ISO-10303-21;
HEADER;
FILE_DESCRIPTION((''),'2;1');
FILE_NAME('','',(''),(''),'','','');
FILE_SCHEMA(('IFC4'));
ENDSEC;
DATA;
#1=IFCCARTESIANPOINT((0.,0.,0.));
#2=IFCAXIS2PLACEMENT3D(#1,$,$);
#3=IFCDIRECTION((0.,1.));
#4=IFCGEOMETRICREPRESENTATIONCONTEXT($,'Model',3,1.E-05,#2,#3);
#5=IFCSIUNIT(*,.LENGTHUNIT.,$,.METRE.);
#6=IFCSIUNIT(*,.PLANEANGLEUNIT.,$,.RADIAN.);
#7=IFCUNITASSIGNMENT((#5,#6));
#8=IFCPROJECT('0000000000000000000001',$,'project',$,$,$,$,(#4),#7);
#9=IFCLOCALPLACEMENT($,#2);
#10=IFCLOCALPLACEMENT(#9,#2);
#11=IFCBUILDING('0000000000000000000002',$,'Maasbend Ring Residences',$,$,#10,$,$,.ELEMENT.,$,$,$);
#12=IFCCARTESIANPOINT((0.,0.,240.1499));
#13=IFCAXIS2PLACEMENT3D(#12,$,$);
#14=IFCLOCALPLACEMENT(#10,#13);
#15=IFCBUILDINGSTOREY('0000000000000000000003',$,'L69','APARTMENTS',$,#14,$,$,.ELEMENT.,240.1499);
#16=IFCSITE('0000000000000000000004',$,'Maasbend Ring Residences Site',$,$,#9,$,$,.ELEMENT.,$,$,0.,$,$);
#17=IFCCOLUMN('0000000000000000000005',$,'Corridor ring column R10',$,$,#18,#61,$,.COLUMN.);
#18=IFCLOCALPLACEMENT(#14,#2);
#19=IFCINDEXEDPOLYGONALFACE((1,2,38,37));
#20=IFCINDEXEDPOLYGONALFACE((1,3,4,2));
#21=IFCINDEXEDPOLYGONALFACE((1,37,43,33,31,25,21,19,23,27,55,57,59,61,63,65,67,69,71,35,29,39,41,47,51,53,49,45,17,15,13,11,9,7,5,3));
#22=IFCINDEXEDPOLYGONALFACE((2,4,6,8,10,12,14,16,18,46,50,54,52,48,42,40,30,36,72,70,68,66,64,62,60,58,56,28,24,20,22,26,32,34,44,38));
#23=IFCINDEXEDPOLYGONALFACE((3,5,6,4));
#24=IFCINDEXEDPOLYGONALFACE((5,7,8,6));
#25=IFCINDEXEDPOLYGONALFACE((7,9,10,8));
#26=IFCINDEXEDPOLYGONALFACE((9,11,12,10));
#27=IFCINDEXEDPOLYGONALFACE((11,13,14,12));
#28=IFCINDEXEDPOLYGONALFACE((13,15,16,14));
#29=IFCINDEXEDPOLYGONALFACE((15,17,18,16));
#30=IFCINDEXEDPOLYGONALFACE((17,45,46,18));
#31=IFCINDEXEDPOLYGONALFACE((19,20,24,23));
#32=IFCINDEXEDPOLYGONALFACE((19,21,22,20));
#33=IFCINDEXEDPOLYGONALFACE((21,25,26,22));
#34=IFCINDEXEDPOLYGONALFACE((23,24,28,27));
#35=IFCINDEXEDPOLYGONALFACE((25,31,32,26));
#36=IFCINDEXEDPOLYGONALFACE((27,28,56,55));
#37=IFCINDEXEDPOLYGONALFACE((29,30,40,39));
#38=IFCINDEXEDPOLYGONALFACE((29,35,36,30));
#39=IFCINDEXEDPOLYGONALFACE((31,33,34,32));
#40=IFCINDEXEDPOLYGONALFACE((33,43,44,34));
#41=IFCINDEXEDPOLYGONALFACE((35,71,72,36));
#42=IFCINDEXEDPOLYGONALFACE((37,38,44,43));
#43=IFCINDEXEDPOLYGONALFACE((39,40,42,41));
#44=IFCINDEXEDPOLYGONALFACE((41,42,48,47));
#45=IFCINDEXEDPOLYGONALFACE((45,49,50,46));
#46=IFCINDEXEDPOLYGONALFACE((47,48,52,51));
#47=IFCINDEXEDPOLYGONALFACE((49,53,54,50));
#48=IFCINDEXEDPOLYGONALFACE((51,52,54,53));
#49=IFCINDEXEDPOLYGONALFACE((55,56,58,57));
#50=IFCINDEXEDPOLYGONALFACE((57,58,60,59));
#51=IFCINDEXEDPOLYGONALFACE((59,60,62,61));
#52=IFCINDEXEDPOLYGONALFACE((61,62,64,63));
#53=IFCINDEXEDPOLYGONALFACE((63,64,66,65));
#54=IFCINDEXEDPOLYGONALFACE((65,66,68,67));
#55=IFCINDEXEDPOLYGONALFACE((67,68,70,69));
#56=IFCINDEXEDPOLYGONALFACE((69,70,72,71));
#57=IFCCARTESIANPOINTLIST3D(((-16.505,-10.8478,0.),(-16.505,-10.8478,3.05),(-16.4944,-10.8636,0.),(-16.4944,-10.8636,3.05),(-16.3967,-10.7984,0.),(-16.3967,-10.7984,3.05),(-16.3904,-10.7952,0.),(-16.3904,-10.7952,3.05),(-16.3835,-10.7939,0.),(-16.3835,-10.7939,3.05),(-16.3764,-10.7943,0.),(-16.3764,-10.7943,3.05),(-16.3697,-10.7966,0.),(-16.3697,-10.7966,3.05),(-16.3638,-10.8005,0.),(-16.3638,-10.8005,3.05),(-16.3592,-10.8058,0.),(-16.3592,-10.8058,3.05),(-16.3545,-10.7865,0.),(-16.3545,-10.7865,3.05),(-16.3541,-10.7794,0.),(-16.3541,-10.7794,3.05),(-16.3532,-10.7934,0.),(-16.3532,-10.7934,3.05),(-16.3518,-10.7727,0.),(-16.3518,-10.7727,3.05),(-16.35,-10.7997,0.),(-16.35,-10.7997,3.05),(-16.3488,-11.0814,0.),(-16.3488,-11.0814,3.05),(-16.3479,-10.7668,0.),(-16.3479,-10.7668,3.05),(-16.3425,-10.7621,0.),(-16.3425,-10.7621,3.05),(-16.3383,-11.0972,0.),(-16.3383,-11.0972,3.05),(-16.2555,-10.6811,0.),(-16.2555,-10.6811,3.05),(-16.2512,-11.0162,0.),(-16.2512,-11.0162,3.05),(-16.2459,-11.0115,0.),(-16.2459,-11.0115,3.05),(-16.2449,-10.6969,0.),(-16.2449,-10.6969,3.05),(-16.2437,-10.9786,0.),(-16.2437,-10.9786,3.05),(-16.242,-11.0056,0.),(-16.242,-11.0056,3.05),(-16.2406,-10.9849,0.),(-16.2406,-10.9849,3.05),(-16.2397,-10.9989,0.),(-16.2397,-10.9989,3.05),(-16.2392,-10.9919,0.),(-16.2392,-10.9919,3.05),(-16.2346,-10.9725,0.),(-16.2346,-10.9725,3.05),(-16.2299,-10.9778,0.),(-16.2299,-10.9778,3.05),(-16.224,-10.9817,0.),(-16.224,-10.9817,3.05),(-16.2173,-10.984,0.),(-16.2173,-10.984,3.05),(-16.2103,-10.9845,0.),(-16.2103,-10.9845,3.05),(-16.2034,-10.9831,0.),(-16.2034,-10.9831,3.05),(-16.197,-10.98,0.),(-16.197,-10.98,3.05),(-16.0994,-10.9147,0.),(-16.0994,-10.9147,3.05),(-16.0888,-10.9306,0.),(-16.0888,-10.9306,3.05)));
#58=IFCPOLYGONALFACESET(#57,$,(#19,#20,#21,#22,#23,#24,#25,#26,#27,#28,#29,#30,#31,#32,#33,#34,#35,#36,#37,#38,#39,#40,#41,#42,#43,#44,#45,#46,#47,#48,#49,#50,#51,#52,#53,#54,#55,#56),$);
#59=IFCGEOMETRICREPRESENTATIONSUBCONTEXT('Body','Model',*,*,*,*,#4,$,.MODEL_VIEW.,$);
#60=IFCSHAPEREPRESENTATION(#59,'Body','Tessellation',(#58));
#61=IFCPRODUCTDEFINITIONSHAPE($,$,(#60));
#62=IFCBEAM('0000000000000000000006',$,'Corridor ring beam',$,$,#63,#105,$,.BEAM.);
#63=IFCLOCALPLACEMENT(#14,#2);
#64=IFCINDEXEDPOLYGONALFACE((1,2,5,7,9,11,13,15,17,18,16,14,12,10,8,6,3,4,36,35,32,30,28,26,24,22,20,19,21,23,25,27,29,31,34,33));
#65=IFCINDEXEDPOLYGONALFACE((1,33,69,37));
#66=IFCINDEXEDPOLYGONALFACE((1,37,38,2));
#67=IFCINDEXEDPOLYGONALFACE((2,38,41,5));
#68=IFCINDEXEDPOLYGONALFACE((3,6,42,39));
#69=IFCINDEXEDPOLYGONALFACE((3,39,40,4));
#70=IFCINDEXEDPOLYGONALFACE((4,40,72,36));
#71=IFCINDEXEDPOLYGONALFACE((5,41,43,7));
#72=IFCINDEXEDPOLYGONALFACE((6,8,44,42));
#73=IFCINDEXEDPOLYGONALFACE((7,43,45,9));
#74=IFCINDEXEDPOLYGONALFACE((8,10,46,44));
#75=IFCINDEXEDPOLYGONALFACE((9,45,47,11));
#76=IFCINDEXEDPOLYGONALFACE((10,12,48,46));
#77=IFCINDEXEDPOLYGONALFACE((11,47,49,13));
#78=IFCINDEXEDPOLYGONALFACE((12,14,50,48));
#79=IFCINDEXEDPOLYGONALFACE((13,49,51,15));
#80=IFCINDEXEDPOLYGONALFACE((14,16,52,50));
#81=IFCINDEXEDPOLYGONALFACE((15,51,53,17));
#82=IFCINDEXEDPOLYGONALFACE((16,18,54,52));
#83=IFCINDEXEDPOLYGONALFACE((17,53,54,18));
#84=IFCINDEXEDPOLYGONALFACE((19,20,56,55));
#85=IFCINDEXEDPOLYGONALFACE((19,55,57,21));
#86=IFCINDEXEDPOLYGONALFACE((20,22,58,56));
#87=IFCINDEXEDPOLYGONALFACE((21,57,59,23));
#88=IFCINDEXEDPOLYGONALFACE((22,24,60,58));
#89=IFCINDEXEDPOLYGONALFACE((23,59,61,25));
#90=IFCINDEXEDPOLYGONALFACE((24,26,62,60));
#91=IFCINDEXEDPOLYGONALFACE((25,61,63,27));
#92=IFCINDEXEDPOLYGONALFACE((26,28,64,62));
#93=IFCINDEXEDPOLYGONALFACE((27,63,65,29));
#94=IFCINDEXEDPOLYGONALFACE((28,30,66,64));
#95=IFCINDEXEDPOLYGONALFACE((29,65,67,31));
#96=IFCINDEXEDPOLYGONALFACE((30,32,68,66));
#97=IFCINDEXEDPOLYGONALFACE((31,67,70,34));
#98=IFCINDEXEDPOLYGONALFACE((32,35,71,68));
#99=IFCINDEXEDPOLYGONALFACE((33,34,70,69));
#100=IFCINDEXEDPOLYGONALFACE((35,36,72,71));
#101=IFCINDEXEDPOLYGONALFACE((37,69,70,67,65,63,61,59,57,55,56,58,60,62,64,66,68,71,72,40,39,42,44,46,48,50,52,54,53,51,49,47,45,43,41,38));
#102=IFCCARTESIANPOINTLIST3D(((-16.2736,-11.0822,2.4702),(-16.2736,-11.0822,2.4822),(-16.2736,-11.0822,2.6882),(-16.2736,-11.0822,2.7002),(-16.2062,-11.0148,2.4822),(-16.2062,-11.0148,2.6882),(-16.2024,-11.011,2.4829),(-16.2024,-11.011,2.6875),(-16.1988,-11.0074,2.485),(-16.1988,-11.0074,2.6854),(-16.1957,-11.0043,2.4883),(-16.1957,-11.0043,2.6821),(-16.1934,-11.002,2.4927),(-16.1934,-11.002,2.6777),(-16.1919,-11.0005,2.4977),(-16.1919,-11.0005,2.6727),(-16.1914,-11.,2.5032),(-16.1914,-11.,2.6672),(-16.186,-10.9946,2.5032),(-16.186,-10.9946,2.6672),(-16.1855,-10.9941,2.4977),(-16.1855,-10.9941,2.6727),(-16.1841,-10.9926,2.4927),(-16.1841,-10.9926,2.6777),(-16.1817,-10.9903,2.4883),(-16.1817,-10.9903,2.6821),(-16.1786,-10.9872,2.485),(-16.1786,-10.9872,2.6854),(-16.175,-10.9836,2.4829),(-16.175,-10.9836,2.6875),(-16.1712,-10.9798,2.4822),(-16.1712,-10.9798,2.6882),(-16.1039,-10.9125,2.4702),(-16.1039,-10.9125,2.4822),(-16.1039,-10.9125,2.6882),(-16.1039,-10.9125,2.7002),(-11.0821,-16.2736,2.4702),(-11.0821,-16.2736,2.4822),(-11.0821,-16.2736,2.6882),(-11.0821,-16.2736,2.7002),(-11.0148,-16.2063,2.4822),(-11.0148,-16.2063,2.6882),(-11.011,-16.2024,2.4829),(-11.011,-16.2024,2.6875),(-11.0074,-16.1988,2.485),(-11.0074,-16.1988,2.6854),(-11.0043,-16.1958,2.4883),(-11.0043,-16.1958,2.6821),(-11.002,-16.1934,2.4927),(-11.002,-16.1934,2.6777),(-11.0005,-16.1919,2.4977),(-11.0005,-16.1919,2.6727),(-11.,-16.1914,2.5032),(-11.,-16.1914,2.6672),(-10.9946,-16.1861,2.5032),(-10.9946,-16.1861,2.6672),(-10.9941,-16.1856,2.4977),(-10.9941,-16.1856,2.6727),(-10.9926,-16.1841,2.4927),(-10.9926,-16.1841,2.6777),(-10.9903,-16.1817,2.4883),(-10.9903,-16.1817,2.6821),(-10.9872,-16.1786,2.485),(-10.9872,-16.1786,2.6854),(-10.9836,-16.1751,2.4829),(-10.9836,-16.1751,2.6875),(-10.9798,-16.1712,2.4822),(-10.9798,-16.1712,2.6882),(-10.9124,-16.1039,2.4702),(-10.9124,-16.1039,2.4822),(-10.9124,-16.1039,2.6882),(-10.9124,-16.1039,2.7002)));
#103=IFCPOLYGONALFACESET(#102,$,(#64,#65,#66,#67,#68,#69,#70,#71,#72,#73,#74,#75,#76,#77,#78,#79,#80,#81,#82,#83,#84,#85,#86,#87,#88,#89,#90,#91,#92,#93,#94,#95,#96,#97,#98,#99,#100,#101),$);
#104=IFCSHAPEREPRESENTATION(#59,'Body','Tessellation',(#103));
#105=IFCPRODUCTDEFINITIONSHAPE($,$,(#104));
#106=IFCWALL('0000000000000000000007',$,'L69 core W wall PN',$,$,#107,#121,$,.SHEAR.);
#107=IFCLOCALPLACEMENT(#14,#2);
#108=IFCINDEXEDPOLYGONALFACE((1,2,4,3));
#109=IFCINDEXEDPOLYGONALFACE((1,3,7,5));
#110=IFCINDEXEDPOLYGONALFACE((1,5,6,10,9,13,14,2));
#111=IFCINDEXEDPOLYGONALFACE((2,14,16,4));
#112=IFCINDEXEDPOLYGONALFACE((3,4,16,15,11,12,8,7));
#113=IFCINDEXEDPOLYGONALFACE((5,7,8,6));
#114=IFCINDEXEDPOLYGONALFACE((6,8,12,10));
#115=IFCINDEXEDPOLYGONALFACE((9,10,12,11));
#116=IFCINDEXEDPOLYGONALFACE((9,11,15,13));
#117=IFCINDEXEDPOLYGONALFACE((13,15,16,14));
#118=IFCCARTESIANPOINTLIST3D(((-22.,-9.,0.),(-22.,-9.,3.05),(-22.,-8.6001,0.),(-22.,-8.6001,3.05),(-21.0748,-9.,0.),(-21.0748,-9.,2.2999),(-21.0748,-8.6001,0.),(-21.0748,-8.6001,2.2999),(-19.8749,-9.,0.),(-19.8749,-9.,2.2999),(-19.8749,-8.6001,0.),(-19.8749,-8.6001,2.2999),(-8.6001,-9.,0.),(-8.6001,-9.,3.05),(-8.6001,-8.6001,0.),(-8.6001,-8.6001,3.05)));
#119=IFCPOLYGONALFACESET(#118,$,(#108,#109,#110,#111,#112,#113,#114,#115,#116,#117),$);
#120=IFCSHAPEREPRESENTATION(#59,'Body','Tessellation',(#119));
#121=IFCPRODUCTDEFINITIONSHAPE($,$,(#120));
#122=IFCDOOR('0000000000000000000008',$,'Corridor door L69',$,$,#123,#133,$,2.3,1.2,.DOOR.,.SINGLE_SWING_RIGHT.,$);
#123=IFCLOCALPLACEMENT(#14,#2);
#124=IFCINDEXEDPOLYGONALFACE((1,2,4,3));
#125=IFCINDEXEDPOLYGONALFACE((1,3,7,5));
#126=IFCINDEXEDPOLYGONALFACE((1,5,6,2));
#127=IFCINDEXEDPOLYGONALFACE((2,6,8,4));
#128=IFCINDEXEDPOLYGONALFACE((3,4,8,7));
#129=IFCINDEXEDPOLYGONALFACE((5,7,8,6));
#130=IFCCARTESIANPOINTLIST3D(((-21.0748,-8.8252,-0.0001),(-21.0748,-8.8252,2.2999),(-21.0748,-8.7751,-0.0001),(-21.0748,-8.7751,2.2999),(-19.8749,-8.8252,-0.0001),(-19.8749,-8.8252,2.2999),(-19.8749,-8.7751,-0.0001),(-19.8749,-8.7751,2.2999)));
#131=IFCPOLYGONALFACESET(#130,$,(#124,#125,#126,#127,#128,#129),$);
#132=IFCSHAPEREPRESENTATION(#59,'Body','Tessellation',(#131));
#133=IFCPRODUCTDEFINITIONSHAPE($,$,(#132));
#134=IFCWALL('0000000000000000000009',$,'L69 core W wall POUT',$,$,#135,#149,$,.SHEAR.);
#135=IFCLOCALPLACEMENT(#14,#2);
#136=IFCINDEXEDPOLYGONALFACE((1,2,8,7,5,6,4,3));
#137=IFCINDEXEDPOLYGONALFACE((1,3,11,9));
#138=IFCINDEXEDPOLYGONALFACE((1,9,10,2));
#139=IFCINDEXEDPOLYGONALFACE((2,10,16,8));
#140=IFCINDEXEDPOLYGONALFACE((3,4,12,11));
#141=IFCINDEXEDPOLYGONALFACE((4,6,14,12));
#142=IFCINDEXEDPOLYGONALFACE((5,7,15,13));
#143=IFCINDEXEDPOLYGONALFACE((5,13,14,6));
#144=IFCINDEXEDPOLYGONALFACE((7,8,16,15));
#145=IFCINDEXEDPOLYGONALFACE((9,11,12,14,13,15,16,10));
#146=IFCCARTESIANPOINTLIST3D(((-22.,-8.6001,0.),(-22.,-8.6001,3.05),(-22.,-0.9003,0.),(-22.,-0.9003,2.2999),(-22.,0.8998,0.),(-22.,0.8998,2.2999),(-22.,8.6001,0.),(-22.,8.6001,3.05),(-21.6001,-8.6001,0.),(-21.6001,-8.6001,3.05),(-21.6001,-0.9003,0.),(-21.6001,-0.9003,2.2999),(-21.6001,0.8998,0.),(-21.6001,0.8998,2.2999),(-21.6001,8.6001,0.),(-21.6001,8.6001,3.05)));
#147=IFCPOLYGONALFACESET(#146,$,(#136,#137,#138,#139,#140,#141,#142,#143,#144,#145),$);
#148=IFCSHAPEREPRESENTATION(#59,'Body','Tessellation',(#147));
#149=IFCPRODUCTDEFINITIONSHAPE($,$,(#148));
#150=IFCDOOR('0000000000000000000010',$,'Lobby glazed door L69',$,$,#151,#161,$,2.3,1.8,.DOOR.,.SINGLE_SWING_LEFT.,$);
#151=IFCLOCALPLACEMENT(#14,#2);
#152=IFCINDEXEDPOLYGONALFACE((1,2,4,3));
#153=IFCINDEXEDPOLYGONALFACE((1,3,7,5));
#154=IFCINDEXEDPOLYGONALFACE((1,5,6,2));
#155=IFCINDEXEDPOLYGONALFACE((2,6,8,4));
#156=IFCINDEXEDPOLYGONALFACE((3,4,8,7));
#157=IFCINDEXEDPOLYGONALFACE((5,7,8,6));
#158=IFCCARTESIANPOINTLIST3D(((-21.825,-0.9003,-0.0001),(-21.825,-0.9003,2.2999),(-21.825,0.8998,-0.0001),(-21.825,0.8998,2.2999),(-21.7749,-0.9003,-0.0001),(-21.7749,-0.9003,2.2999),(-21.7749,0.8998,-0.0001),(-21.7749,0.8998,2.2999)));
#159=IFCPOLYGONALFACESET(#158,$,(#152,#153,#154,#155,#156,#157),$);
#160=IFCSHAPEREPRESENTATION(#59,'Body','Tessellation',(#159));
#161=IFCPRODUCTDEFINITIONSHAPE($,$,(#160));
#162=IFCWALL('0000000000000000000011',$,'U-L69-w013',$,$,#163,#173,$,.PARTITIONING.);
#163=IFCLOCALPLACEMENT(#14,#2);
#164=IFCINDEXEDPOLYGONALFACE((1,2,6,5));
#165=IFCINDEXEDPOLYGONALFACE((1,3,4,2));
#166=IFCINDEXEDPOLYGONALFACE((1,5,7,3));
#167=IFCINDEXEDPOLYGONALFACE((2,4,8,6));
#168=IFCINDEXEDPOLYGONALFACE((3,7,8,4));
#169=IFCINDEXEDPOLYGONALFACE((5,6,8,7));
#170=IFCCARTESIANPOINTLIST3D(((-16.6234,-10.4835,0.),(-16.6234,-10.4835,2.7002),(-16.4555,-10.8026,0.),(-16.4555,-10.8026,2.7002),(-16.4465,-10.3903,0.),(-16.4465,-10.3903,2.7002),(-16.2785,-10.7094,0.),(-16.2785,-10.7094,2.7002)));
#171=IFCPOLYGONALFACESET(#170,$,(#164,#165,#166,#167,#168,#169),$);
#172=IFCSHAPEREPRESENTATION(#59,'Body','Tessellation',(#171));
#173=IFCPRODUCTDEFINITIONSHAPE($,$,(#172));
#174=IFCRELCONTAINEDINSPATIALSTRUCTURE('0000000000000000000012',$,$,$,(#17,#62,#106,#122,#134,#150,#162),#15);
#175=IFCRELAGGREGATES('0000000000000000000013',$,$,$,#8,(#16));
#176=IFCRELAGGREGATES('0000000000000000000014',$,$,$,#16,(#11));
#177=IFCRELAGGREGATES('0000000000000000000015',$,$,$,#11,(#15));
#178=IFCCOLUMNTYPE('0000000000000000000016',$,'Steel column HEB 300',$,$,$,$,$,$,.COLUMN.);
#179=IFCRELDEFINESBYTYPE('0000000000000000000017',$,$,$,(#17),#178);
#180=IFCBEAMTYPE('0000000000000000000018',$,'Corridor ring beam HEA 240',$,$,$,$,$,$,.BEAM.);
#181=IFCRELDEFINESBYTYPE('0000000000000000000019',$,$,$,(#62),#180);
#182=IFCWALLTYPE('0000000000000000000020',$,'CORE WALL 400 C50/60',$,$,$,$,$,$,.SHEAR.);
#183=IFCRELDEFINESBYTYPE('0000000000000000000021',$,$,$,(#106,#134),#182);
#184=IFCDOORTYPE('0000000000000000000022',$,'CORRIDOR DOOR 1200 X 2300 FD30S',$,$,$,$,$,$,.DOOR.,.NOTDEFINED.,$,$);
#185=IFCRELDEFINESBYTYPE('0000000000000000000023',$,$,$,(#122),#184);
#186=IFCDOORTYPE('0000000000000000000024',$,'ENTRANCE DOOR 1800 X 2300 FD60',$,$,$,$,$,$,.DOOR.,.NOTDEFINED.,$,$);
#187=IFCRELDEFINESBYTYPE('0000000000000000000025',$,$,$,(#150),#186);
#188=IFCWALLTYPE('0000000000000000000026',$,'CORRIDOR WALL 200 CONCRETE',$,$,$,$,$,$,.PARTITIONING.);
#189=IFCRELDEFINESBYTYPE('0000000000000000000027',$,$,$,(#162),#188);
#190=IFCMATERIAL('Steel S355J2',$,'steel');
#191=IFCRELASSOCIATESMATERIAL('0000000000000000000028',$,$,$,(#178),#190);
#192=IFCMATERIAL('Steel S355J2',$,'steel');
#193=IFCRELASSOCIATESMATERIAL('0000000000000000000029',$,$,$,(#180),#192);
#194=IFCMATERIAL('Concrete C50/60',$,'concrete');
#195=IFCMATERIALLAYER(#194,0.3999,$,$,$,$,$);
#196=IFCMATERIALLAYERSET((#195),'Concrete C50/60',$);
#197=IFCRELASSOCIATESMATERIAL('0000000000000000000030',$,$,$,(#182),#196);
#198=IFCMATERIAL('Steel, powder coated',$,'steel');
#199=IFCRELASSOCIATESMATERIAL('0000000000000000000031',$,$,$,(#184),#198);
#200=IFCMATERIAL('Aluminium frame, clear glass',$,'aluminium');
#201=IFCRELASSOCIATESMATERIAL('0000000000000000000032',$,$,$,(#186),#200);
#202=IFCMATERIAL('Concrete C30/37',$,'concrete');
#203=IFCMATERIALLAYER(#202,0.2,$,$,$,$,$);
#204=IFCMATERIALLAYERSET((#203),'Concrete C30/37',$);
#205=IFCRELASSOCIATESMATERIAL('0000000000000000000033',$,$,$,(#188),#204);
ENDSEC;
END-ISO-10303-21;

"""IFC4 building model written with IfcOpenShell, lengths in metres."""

from ifc_helpers import new_model, si_unit, direction, frame, frame_2d, origin, origin_2d, place, context, subcontext, project, spatial, rectangle, i_section, extrude, material, layer, layer_set, material_profile, profile_set, type_object, element, fill, save


model = new_model("IFC4")

# Units and contexts
model_context = context("Model", 3, precision=1e-05, world=origin(), true_north=direction((0.0, 1.0)))
body_context = subcontext(model_context, "Body", "Model", "MODEL_VIEW")
ifc_project = project(units=[si_unit("LENGTHUNIT", "METRE"), si_unit("PLANEANGLEUNIT", "RADIAN")], contexts=[model_context])

# Site, building, storey
site_placement = place(None, origin())
site = spatial("IfcSite", under=ifc_project, at=site_placement, Name="Maasbend Ring Residences Site", CompositionType="ELEMENT", RefElevation=0.0)
building_placement = place(site_placement, origin())
building = spatial("IfcBuilding", under=site, at=building_placement, Name="Maasbend Ring Residences", CompositionType="ELEMENT")
storey_placement = place(building_placement, frame((0.0, 0.0, 240.1499)))
storey = spatial("IfcBuildingStorey", under=building, at=storey_placement, Name="L69", Description="APARTMENTS", CompositionType="ELEMENT", Elevation=240.1499)

# Column
ifc_material_1 = material(Name="Steel S355J2", Category="steel")
ifc_material_profile_1 = material_profile(ifc_material_1, i_section(OverallWidth=0.3, OverallDepth=0.3, WebThickness=0.011, FlangeThickness=0.019, FilletRadius=0.0271, at=origin_2d()), Name="HEB 300")
ifc_profile_set_1 = profile_set([ifc_material_profile_1], Name="Steel S355J2")
column_type = type_object("IfcColumnType", Name="Steel column HEB 300", PredefinedType="COLUMN", material=ifc_profile_set_1)
column_placement = place(storey_placement, frame((-16.2969, -10.8892, 0.0), z_axis=(0.0, 0.0, 1.0), x_axis=(-0.83147, -0.55557, 0.0)))
element("IfcColumn", 1, at=column_placement, inside=storey, type_object=column_type, Name="Corridor ring column R10", PredefinedType="COLUMN", context=body_context, shape_type="SweptSolid", body=[
    extrude(i_section(OverallWidth=0.3, OverallDepth=0.3, WebThickness=0.011, FlangeThickness=0.019, FilletRadius=0.0271, at=origin_2d()), origin(), (0.0, 0.0, 1.0), 3.05),
])

# Beam
ifc_material_2 = material(Name="Steel S355J2", Category="steel")
ifc_material_profile_2 = material_profile(ifc_material_2, i_section(OverallWidth=0.24, OverallDepth=0.23, WebThickness=0.0076, FlangeThickness=0.012, FilletRadius=0.021, at=origin_2d()), Name="HEA 240")
ifc_profile_set_2 = profile_set([ifc_material_profile_2], Name="Steel S355J2")
beam_type = type_object("IfcBeamType", Name="Corridor ring beam HEA 240", PredefinedType="BEAM", material=ifc_profile_set_2)
beam_placement = place(storey_placement, frame((-16.1887, -10.9973, 2.5852), z_axis=(0.707107, -0.707107, 0.0), x_axis=(0.707107, 0.707107, 0.0)))
element("IfcBeam", 2, at=beam_placement, inside=storey, type_object=beam_type, Name="Corridor ring beam", PredefinedType="BEAM", context=body_context, shape_type="SweptSolid", body=[
    extrude(i_section(OverallWidth=0.24, OverallDepth=0.23, WebThickness=0.0076, FlangeThickness=0.012, FilletRadius=0.021, at=origin_2d()), origin(), (0.0, 0.0, 1.0), 7.3418),
])

# Walls, openings, doors
ifc_material_3 = material(Name="Concrete C50/60", Category="concrete")
ifc_layer_1 = layer(ifc_material_3, 0.3999)
ifc_layer_set_1 = layer_set([ifc_layer_1], Name="Concrete C50/60")
wall_type_1 = type_object("IfcWallType", Name="CORE WALL 400 C50/60", PredefinedType="SHEAR", material=ifc_layer_set_1)
wall_1_placement = place(storey_placement, frame((-22.0, -8.8, 0.0), z_axis=(0.0, 0.0, 1.0), x_axis=(1.0, 0.0, 0.0)))
wall_1 = element("IfcWall", 3, at=wall_1_placement, inside=storey, type_object=wall_type_1, Name="L69 core W wall PN", PredefinedType="SHEAR", context=body_context, shape_type="SweptSolid", body=[
    extrude(rectangle(XDim=13.3999, YDim=0.3999, at=frame_2d((6.7, 0.0))), origin(), (0.0, 0.0, 1.0), 3.05),
])
opening_1_placement = place(wall_1_placement, frame((0.925, 0.0, 0.0)))
opening_1 = element("IfcOpeningElement", 4, at=opening_1_placement, cuts=wall_1, PredefinedType="OPENING", context=body_context, shape_type="SweptSolid", body=[
    extrude(rectangle(XDim=1.2, YDim=2.3, at=frame_2d((0.6001, 1.1499))), frame((0.0, 0.21, 0.0), z_axis=(0.0, -1.0, 0.0), x_axis=(1.0, 0.0, 0.0)), (0.0, 0.0, 1.0), 0.4199),
])
ifc_material_4 = material(Name="Steel, powder coated", Category="steel")
door_type_1 = type_object("IfcDoorType", Name="CORRIDOR DOOR 1200 X 2300 FD30S", OperationType="NOTDEFINED", PredefinedType="DOOR", material=ifc_material_4)
door_1_placement = place(opening_1_placement, origin())
door_1 = element("IfcDoor", 5, at=door_1_placement, inside=storey, type_object=door_type_1, Name="Corridor door L69", OperationType="SINGLE_SWING_RIGHT", OverallHeight=2.3, OverallWidth=1.2, PredefinedType="DOOR", context=body_context, shape_type="SweptSolid", body=[
    extrude(rectangle(XDim=1.2, YDim=2.3, at=frame_2d((0.6001, 1.1499))), frame((0.0, 0.0249, 0.0), z_axis=(0.0, -1.0, 0.0), x_axis=(1.0, 0.0, 0.0)), (0.0, 0.0, 1.0), 0.05),
])
fill(opening_1, door_1)
wall_2_placement = place(storey_placement, frame((-21.8, -8.6001, 0.0), z_axis=(0.0, 0.0, 1.0), x_axis=(0.0, 1.0, 0.0)))
wall_2 = element("IfcWall", 6, at=wall_2_placement, inside=storey, type_object=wall_type_1, Name="L69 core W wall POUT", PredefinedType="SHEAR", context=body_context, shape_type="SweptSolid", body=[
    extrude(rectangle(XDim=17.2002, YDim=0.3999, at=frame_2d((8.6001, 0.0))), origin(), (0.0, 0.0, 1.0), 3.05),
])
opening_2_placement = place(wall_2_placement, frame((7.7, 0.0, 0.0)))
opening_2 = element("IfcOpeningElement", 7, at=opening_2_placement, cuts=wall_2, PredefinedType="OPENING", context=body_context, shape_type="SweptSolid", body=[
    extrude(rectangle(XDim=1.8, YDim=2.3, at=frame_2d((0.8999, 1.1499))), frame((0.0, 0.21, 0.0), z_axis=(0.0, -1.0, 0.0), x_axis=(1.0, 0.0, 0.0)), (0.0, 0.0, 1.0), 0.4199),
])
ifc_material_5 = material(Name="Aluminium frame, clear glass", Category="aluminium")
door_type_2 = type_object("IfcDoorType", Name="ENTRANCE DOOR 1800 X 2300 FD60", OperationType="NOTDEFINED", PredefinedType="DOOR", material=ifc_material_5)
door_2_placement = place(opening_2_placement, origin())
door_2 = element("IfcDoor", 8, at=door_2_placement, inside=storey, type_object=door_type_2, Name="Lobby glazed door L69", OperationType="SINGLE_SWING_LEFT", OverallHeight=2.3, OverallWidth=1.8, PredefinedType="DOOR", context=body_context, shape_type="SweptSolid", body=[
    extrude(rectangle(XDim=1.8, YDim=2.3, at=frame_2d((0.8999, 1.1499))), frame((0.0, 0.0249, 0.0), z_axis=(0.0, -1.0, 0.0), x_axis=(1.0, 0.0, 0.0)), (0.0, 0.0, 1.0), 0.05),
])
fill(opening_2, door_2)

# Wall
ifc_material_6 = material(Name="Concrete C30/37", Category="concrete")
ifc_layer_2 = layer(ifc_material_6, 0.2)
ifc_layer_set_2 = layer_set([ifc_layer_2], Name="Concrete C30/37")
wall_type_2 = type_object("IfcWallType", Name="CORRIDOR WALL 200 CONCRETE", PredefinedType="PARTITIONING", material=ifc_layer_set_2)
wall_3_placement = place(storey_placement, frame((-16.5349, -10.437, 0.0), z_axis=(0.0, 0.0, 1.0), x_axis=(0.465802, -0.884889, 0.0)))
element("IfcWall", 9, at=wall_3_placement, inside=storey, type_object=wall_type_2, Name="U-L69-w013", PredefinedType="PARTITIONING", context=body_context, shape_type="SweptSolid", body=[
    extrude(rectangle(XDim=0.3606, YDim=0.2, at=frame_2d((0.1802, 0.0))), origin(), (0.0, 0.0, 1.0), 2.7002),
])

save(model, "model.ifc")
